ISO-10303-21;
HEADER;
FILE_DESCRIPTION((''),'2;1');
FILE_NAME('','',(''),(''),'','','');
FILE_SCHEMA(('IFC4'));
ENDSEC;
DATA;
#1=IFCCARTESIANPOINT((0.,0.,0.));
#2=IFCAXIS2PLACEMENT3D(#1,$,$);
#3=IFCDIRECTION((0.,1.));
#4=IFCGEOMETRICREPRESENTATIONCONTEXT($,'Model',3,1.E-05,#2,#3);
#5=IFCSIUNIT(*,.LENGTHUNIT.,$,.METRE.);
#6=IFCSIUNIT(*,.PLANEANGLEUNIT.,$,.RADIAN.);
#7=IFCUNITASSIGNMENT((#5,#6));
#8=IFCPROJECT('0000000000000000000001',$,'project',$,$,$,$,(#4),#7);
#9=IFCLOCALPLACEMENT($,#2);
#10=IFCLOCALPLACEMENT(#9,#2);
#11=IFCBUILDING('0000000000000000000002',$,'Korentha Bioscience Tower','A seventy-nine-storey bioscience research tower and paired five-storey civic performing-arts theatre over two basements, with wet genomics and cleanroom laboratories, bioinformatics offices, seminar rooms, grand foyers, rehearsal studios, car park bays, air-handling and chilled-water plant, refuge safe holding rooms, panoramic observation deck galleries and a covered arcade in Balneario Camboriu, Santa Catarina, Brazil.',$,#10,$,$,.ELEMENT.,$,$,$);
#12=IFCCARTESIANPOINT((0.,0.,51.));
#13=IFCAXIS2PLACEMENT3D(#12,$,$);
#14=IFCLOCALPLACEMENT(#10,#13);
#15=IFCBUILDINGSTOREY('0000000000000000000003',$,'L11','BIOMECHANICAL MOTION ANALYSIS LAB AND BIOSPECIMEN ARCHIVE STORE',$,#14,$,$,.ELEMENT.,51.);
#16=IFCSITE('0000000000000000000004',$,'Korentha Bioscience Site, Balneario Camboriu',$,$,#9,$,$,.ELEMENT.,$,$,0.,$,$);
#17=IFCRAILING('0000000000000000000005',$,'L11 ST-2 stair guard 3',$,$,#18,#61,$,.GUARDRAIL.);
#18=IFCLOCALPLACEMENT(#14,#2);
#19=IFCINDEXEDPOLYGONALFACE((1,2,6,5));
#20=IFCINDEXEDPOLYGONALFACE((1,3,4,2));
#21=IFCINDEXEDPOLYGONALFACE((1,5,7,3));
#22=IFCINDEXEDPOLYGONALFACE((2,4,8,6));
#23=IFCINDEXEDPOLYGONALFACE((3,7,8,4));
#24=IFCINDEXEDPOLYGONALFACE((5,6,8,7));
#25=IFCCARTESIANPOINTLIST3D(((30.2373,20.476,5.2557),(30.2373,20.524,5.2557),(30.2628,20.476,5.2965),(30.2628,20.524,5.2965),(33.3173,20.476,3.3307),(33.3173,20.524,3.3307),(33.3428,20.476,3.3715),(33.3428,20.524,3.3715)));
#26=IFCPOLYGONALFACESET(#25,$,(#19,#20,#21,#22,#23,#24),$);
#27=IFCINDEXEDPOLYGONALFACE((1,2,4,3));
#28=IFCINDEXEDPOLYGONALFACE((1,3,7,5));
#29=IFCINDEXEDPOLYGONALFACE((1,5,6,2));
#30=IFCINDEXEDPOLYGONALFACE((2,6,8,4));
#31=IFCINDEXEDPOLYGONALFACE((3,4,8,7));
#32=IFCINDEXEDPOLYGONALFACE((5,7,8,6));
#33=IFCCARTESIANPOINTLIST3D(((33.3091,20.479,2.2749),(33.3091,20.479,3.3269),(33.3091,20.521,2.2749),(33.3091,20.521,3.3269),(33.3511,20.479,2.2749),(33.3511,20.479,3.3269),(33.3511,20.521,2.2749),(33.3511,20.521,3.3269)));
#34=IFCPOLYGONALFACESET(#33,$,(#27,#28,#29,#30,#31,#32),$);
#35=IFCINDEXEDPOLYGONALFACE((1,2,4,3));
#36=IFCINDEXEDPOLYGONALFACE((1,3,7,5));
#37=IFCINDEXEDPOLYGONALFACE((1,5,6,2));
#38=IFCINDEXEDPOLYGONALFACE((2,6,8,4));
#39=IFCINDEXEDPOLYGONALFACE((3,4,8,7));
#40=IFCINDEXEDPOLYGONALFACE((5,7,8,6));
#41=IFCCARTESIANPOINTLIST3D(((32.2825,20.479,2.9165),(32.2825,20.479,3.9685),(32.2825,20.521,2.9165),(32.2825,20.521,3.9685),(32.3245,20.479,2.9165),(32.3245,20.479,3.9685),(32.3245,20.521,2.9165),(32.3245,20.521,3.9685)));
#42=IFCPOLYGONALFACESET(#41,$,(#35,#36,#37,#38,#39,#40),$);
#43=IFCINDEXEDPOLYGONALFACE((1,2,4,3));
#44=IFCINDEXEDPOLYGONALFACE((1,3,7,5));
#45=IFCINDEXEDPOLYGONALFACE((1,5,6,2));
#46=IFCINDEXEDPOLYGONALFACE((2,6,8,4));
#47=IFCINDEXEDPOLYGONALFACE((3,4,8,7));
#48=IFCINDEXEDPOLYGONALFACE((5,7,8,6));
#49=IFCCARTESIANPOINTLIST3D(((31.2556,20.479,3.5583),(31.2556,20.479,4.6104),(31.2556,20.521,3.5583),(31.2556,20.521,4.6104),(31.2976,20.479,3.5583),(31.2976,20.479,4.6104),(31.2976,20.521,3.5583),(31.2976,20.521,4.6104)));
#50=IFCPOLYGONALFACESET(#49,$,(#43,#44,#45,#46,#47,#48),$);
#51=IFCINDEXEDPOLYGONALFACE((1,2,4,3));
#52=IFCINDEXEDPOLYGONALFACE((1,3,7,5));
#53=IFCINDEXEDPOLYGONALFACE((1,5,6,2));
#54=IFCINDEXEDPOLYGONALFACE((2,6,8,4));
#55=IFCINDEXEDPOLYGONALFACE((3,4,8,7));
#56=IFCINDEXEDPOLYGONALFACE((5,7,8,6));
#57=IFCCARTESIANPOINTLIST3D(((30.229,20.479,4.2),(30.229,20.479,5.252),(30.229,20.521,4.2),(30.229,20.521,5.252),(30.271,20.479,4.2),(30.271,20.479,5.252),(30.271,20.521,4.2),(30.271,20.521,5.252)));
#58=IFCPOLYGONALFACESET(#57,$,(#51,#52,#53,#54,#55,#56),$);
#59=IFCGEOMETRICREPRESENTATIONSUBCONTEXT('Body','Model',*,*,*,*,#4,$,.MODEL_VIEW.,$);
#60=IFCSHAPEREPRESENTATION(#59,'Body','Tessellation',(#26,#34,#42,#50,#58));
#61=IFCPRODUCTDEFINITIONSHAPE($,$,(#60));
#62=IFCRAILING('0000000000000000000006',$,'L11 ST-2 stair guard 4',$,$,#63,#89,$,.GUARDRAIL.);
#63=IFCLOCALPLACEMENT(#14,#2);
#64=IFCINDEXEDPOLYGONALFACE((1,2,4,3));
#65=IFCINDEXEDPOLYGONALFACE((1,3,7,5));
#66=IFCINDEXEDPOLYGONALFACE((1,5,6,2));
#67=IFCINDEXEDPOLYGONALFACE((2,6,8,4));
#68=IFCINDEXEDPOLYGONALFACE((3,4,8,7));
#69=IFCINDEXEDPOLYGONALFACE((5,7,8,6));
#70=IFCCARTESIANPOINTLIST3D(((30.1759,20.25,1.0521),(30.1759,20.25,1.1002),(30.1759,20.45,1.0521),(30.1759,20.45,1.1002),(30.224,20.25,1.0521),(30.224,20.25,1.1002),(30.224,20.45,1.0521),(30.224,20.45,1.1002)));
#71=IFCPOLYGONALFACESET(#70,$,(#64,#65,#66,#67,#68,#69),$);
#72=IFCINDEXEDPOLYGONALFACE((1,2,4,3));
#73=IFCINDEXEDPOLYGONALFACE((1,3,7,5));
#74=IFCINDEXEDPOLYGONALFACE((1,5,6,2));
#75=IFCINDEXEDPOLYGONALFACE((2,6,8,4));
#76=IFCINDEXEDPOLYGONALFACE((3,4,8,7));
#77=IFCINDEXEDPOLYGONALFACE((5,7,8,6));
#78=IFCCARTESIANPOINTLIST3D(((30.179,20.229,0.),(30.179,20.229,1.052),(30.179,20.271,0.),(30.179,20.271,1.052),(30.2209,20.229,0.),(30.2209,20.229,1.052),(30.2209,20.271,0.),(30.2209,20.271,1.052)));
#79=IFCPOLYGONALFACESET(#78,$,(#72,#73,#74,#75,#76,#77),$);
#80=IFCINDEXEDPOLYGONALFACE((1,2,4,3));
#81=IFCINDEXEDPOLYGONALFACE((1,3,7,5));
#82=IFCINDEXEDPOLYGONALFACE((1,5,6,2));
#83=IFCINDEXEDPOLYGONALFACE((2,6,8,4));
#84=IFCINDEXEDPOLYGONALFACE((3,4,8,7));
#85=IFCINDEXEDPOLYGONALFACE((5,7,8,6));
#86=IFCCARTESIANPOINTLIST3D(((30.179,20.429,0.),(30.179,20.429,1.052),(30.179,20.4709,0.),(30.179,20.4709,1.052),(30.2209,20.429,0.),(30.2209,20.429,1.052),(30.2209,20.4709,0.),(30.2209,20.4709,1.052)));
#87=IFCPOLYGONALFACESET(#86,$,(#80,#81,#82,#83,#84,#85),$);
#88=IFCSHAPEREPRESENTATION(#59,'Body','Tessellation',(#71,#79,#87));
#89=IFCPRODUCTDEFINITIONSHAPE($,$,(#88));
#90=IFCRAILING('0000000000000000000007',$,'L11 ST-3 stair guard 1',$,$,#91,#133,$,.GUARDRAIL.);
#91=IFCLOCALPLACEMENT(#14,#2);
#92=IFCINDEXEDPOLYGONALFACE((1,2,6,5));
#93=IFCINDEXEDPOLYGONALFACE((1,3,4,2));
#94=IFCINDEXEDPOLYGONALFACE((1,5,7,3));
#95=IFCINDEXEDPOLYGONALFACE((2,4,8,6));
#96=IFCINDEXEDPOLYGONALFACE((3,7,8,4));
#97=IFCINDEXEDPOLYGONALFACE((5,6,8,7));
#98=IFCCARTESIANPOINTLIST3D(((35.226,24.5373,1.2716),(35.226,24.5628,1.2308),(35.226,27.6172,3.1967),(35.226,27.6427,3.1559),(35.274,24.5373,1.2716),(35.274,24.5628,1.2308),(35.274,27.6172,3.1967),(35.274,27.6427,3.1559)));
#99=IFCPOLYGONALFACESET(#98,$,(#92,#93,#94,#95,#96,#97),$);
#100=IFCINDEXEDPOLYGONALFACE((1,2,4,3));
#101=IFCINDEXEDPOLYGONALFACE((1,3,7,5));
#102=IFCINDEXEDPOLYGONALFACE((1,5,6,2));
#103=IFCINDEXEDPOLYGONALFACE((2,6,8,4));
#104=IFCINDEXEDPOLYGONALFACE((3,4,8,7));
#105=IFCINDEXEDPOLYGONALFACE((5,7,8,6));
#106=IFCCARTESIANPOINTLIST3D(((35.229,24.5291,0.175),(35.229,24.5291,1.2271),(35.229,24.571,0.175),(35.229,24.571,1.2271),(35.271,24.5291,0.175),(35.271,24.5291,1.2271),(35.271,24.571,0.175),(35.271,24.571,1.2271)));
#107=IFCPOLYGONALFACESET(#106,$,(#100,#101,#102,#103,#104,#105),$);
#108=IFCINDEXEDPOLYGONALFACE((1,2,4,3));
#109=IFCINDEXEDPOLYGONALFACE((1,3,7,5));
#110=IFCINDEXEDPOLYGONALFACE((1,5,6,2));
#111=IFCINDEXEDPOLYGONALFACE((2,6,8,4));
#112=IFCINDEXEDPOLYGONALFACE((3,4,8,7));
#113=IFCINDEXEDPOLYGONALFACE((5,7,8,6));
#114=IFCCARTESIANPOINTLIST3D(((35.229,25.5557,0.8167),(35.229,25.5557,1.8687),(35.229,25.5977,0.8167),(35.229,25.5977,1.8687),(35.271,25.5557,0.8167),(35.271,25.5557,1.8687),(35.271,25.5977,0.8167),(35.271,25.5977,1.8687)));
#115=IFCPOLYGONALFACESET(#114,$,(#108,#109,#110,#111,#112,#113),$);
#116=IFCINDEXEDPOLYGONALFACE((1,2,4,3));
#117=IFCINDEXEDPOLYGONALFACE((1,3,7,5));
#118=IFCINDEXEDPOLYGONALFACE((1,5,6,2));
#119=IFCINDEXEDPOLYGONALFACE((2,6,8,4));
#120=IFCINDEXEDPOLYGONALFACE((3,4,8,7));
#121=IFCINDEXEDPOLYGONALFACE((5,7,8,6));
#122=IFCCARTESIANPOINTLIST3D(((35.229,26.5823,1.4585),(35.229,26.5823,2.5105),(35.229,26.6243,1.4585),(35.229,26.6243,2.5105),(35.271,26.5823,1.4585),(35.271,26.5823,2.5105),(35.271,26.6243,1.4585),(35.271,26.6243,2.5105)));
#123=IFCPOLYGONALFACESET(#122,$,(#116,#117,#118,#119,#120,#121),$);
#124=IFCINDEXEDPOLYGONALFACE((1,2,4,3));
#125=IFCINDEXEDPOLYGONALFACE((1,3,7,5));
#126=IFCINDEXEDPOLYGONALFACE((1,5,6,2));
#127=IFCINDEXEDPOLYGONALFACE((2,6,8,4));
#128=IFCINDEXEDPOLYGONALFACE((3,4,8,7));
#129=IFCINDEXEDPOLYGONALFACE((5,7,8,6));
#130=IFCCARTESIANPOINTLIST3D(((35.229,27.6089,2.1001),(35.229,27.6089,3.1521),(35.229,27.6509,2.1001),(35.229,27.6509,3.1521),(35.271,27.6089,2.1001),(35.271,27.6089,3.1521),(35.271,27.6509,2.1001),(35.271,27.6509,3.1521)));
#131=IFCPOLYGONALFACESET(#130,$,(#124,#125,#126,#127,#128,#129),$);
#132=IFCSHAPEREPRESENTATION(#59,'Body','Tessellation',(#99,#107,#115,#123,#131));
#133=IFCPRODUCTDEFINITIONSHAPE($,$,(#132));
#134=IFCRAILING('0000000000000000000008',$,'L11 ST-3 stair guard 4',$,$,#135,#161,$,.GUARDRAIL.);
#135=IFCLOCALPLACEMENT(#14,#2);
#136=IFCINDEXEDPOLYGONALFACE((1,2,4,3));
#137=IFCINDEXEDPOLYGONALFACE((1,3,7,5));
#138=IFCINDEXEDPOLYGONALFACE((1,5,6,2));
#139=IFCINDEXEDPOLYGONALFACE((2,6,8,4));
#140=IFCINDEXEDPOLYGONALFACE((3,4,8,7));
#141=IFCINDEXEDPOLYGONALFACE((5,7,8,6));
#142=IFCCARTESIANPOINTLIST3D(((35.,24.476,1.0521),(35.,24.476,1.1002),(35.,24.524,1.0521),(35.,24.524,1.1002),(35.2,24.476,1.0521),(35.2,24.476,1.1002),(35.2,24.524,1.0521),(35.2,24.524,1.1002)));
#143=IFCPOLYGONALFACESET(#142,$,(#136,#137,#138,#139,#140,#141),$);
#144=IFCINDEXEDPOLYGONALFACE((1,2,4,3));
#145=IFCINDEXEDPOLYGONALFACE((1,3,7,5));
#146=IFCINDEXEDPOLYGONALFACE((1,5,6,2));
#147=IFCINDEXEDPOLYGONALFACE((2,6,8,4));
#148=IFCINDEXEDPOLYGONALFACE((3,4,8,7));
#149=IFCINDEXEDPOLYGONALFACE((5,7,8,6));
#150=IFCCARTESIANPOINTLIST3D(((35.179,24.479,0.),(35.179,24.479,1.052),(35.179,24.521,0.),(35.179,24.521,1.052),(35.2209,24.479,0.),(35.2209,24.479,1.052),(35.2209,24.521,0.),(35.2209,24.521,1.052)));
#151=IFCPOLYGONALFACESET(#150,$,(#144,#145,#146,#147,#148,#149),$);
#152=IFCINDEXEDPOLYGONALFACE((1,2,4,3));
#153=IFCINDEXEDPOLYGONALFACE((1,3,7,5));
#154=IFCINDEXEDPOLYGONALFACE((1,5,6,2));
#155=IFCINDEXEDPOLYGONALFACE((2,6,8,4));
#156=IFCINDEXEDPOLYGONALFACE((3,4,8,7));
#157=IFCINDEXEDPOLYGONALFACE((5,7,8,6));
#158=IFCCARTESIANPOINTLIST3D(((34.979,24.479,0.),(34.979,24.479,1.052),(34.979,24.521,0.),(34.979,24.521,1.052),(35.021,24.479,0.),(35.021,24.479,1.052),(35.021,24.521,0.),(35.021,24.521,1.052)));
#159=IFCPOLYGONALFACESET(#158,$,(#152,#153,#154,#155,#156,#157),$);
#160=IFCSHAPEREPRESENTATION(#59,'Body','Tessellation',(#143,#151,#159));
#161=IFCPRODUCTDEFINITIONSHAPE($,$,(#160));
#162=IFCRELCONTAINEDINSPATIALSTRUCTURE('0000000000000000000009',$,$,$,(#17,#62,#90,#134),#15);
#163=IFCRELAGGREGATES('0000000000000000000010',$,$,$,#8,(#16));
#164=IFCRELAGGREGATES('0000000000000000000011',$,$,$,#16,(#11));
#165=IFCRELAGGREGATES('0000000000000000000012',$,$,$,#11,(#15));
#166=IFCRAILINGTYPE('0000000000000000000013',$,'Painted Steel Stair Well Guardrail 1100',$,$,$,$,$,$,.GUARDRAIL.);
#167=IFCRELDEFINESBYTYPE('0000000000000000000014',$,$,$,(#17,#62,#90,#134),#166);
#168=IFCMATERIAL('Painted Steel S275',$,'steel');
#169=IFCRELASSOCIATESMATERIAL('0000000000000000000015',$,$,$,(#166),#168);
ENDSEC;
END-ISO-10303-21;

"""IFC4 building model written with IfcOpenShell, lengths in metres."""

from ifc_helpers import new_model, si_unit, direction, frame, origin, origin_2d, place, context, subcontext, project, spatial, rectangle, extrude, material, type_object, element, save


model = new_model("IFC4")

# Units and contexts
model_context = context("Model", 3, precision=1e-05, world=origin(), true_north=direction((0.0, 1.0)))
body_context = subcontext(model_context, "Body", "Model", "MODEL_VIEW")
ifc_project = project(units=[si_unit("LENGTHUNIT", "METRE"), si_unit("PLANEANGLEUNIT", "RADIAN")], contexts=[model_context])

# Site, building, storey
site_placement = place(None, origin())
site = spatial("IfcSite", under=ifc_project, at=site_placement, Name="Korentha Bioscience Site, Balneario Camboriu", CompositionType="ELEMENT", RefElevation=0.0)
building_placement = place(site_placement, origin())
building = spatial("IfcBuilding", under=site, at=building_placement, Name="Korentha Bioscience Tower", Description="A seventy-nine-storey bioscience research tower and paired five-storey civic performing-arts theatre over two basements, with wet genomics and cleanroom laboratories, bioinformatics offices, seminar rooms, grand foyers, rehearsal studios, car park bays, air-handling and chilled-water plant, refuge safe holding rooms, panoramic observation deck galleries and a covered arcade in Balneario Camboriu, Santa Catarina, Brazil.", CompositionType="ELEMENT")
storey_placement = place(building_placement, frame((0.0, 0.0, 51.0)))
storey = spatial("IfcBuildingStorey", under=building, at=storey_placement, Name="L11", Description="BIOMECHANICAL MOTION ANALYSIS LAB AND BIOSPECIMEN ARCHIVE STORE", CompositionType="ELEMENT", Elevation=51.0)

# Railings
ifc_material_1 = material(Name="Painted Steel S275", Category="steel")
railing_type_1 = type_object("IfcRailingType", Name="Painted Steel Stair Well Guardrail 1100", PredefinedType="GUARDRAIL", material=ifc_material_1)
railing_1_placement = place(storey_placement, frame((33.3301, 20.5, 2.2749)))
element("IfcRailing", 1, at=railing_1_placement, inside=storey, type_object=railing_type_1, Name="L11 ST-2 stair guard 3", PredefinedType="GUARDRAIL", context=body_context, shape_type="SweptSolid", body=[
    extrude(rectangle(XDim=0.0481, YDim=0.0481, at=origin_2d()), frame((0.0, 0.0, 1.0762), z_axis=(-0.847998, 0.0, 0.529999), x_axis=(0.0, -1.0, 0.0)), (0.0, 0.0, 1.0), 3.6321),
    extrude(rectangle(XDim=0.042, YDim=0.042, at=origin_2d()), origin(), (0.0, 0.0, 1.0), 1.052),
    extrude(rectangle(XDim=0.042, YDim=0.042, at=origin_2d()), frame((-1.0266, 0.0, 0.6416)), (0.0, 0.0, 1.0), 1.052),
    extrude(rectangle(XDim=0.042, YDim=0.042, at=origin_2d()), frame((-2.0535, 0.0, 1.2834)), (0.0, 0.0, 1.0), 1.052),
    extrude(rectangle(XDim=0.042, YDim=0.042, at=origin_2d()), frame((-3.0801, 0.0, 1.925)), (0.0, 0.0, 1.0), 1.052),
])
railing_2_placement = place(storey_placement, frame((30.2, 20.25, 0.0)))
element("IfcRailing", 2, at=railing_2_placement, inside=storey, type_object=railing_type_1, Name="L11 ST-2 stair guard 4", PredefinedType="GUARDRAIL", context=body_context, shape_type="SweptSolid", body=[
    extrude(rectangle(XDim=0.0481, YDim=0.0481, at=origin_2d()), frame((0.0, 0.0, 1.0762), z_axis=(0.0, 1.0, 0.0), x_axis=(-1.0, 0.0, 0.0)), (0.0, 0.0, 1.0), 0.2),
    extrude(rectangle(XDim=0.042, YDim=0.042, at=origin_2d()), origin(), (0.0, 0.0, 1.0), 1.052),
    extrude(rectangle(XDim=0.042, YDim=0.042, at=origin_2d()), frame((0.0, 0.2, 0.0)), (0.0, 0.0, 1.0), 1.052),
])
railing_3_placement = place(storey_placement, frame((35.25, 24.55, 0.175)))
element("IfcRailing", 3, at=railing_3_placement, inside=storey, type_object=railing_type_1, Name="L11 ST-3 stair guard 1", PredefinedType="GUARDRAIL", context=body_context, shape_type="SweptSolid", body=[
    extrude(rectangle(XDim=0.0481, YDim=0.0481, at=origin_2d()), frame((0.0, 0.0, 1.0762), z_axis=(0.0, 0.847979, 0.530029), x_axis=(-1.0, 0.0, 0.0)), (0.0, 0.0, 1.0), 3.6321),
    extrude(rectangle(XDim=0.042, YDim=0.042, at=origin_2d()), origin(), (0.0, 0.0, 1.0), 1.052),
    extrude(rectangle(XDim=0.042, YDim=0.042, at=origin_2d()), frame((0.0, 1.0266, 0.6416)), (0.0, 0.0, 1.0), 1.052),
    extrude(rectangle(XDim=0.042, YDim=0.042, at=origin_2d()), frame((0.0, 2.0532, 1.2834)), (0.0, 0.0, 1.0), 1.052),
    extrude(rectangle(XDim=0.042, YDim=0.042, at=origin_2d()), frame((0.0, 3.0798, 1.925)), (0.0, 0.0, 1.0), 1.052),
])
railing_4_placement = place(storey_placement, frame((35.2, 24.5, 0.0)))
element("IfcRailing", 4, at=railing_4_placement, inside=storey, type_object=railing_type_1, Name="L11 ST-3 stair guard 4", PredefinedType="GUARDRAIL", context=body_context, shape_type="SweptSolid", body=[
    extrude(rectangle(XDim=0.0481, YDim=0.0481, at=origin_2d()), frame((0.0, 0.0, 1.0762), z_axis=(-1.0, 0.0, 0.0), x_axis=(0.0, -1.0, 0.0)), (0.0, 0.0, 1.0), 0.2),
    extrude(rectangle(XDim=0.042, YDim=0.042, at=origin_2d()), origin(), (0.0, 0.0, 1.0), 1.052),
    extrude(rectangle(XDim=0.042, YDim=0.042, at=origin_2d()), frame((-0.2, 0.0, 0.0)), (0.0, 0.0, 1.0), 1.052),
])

save(model, "model.ifc")
